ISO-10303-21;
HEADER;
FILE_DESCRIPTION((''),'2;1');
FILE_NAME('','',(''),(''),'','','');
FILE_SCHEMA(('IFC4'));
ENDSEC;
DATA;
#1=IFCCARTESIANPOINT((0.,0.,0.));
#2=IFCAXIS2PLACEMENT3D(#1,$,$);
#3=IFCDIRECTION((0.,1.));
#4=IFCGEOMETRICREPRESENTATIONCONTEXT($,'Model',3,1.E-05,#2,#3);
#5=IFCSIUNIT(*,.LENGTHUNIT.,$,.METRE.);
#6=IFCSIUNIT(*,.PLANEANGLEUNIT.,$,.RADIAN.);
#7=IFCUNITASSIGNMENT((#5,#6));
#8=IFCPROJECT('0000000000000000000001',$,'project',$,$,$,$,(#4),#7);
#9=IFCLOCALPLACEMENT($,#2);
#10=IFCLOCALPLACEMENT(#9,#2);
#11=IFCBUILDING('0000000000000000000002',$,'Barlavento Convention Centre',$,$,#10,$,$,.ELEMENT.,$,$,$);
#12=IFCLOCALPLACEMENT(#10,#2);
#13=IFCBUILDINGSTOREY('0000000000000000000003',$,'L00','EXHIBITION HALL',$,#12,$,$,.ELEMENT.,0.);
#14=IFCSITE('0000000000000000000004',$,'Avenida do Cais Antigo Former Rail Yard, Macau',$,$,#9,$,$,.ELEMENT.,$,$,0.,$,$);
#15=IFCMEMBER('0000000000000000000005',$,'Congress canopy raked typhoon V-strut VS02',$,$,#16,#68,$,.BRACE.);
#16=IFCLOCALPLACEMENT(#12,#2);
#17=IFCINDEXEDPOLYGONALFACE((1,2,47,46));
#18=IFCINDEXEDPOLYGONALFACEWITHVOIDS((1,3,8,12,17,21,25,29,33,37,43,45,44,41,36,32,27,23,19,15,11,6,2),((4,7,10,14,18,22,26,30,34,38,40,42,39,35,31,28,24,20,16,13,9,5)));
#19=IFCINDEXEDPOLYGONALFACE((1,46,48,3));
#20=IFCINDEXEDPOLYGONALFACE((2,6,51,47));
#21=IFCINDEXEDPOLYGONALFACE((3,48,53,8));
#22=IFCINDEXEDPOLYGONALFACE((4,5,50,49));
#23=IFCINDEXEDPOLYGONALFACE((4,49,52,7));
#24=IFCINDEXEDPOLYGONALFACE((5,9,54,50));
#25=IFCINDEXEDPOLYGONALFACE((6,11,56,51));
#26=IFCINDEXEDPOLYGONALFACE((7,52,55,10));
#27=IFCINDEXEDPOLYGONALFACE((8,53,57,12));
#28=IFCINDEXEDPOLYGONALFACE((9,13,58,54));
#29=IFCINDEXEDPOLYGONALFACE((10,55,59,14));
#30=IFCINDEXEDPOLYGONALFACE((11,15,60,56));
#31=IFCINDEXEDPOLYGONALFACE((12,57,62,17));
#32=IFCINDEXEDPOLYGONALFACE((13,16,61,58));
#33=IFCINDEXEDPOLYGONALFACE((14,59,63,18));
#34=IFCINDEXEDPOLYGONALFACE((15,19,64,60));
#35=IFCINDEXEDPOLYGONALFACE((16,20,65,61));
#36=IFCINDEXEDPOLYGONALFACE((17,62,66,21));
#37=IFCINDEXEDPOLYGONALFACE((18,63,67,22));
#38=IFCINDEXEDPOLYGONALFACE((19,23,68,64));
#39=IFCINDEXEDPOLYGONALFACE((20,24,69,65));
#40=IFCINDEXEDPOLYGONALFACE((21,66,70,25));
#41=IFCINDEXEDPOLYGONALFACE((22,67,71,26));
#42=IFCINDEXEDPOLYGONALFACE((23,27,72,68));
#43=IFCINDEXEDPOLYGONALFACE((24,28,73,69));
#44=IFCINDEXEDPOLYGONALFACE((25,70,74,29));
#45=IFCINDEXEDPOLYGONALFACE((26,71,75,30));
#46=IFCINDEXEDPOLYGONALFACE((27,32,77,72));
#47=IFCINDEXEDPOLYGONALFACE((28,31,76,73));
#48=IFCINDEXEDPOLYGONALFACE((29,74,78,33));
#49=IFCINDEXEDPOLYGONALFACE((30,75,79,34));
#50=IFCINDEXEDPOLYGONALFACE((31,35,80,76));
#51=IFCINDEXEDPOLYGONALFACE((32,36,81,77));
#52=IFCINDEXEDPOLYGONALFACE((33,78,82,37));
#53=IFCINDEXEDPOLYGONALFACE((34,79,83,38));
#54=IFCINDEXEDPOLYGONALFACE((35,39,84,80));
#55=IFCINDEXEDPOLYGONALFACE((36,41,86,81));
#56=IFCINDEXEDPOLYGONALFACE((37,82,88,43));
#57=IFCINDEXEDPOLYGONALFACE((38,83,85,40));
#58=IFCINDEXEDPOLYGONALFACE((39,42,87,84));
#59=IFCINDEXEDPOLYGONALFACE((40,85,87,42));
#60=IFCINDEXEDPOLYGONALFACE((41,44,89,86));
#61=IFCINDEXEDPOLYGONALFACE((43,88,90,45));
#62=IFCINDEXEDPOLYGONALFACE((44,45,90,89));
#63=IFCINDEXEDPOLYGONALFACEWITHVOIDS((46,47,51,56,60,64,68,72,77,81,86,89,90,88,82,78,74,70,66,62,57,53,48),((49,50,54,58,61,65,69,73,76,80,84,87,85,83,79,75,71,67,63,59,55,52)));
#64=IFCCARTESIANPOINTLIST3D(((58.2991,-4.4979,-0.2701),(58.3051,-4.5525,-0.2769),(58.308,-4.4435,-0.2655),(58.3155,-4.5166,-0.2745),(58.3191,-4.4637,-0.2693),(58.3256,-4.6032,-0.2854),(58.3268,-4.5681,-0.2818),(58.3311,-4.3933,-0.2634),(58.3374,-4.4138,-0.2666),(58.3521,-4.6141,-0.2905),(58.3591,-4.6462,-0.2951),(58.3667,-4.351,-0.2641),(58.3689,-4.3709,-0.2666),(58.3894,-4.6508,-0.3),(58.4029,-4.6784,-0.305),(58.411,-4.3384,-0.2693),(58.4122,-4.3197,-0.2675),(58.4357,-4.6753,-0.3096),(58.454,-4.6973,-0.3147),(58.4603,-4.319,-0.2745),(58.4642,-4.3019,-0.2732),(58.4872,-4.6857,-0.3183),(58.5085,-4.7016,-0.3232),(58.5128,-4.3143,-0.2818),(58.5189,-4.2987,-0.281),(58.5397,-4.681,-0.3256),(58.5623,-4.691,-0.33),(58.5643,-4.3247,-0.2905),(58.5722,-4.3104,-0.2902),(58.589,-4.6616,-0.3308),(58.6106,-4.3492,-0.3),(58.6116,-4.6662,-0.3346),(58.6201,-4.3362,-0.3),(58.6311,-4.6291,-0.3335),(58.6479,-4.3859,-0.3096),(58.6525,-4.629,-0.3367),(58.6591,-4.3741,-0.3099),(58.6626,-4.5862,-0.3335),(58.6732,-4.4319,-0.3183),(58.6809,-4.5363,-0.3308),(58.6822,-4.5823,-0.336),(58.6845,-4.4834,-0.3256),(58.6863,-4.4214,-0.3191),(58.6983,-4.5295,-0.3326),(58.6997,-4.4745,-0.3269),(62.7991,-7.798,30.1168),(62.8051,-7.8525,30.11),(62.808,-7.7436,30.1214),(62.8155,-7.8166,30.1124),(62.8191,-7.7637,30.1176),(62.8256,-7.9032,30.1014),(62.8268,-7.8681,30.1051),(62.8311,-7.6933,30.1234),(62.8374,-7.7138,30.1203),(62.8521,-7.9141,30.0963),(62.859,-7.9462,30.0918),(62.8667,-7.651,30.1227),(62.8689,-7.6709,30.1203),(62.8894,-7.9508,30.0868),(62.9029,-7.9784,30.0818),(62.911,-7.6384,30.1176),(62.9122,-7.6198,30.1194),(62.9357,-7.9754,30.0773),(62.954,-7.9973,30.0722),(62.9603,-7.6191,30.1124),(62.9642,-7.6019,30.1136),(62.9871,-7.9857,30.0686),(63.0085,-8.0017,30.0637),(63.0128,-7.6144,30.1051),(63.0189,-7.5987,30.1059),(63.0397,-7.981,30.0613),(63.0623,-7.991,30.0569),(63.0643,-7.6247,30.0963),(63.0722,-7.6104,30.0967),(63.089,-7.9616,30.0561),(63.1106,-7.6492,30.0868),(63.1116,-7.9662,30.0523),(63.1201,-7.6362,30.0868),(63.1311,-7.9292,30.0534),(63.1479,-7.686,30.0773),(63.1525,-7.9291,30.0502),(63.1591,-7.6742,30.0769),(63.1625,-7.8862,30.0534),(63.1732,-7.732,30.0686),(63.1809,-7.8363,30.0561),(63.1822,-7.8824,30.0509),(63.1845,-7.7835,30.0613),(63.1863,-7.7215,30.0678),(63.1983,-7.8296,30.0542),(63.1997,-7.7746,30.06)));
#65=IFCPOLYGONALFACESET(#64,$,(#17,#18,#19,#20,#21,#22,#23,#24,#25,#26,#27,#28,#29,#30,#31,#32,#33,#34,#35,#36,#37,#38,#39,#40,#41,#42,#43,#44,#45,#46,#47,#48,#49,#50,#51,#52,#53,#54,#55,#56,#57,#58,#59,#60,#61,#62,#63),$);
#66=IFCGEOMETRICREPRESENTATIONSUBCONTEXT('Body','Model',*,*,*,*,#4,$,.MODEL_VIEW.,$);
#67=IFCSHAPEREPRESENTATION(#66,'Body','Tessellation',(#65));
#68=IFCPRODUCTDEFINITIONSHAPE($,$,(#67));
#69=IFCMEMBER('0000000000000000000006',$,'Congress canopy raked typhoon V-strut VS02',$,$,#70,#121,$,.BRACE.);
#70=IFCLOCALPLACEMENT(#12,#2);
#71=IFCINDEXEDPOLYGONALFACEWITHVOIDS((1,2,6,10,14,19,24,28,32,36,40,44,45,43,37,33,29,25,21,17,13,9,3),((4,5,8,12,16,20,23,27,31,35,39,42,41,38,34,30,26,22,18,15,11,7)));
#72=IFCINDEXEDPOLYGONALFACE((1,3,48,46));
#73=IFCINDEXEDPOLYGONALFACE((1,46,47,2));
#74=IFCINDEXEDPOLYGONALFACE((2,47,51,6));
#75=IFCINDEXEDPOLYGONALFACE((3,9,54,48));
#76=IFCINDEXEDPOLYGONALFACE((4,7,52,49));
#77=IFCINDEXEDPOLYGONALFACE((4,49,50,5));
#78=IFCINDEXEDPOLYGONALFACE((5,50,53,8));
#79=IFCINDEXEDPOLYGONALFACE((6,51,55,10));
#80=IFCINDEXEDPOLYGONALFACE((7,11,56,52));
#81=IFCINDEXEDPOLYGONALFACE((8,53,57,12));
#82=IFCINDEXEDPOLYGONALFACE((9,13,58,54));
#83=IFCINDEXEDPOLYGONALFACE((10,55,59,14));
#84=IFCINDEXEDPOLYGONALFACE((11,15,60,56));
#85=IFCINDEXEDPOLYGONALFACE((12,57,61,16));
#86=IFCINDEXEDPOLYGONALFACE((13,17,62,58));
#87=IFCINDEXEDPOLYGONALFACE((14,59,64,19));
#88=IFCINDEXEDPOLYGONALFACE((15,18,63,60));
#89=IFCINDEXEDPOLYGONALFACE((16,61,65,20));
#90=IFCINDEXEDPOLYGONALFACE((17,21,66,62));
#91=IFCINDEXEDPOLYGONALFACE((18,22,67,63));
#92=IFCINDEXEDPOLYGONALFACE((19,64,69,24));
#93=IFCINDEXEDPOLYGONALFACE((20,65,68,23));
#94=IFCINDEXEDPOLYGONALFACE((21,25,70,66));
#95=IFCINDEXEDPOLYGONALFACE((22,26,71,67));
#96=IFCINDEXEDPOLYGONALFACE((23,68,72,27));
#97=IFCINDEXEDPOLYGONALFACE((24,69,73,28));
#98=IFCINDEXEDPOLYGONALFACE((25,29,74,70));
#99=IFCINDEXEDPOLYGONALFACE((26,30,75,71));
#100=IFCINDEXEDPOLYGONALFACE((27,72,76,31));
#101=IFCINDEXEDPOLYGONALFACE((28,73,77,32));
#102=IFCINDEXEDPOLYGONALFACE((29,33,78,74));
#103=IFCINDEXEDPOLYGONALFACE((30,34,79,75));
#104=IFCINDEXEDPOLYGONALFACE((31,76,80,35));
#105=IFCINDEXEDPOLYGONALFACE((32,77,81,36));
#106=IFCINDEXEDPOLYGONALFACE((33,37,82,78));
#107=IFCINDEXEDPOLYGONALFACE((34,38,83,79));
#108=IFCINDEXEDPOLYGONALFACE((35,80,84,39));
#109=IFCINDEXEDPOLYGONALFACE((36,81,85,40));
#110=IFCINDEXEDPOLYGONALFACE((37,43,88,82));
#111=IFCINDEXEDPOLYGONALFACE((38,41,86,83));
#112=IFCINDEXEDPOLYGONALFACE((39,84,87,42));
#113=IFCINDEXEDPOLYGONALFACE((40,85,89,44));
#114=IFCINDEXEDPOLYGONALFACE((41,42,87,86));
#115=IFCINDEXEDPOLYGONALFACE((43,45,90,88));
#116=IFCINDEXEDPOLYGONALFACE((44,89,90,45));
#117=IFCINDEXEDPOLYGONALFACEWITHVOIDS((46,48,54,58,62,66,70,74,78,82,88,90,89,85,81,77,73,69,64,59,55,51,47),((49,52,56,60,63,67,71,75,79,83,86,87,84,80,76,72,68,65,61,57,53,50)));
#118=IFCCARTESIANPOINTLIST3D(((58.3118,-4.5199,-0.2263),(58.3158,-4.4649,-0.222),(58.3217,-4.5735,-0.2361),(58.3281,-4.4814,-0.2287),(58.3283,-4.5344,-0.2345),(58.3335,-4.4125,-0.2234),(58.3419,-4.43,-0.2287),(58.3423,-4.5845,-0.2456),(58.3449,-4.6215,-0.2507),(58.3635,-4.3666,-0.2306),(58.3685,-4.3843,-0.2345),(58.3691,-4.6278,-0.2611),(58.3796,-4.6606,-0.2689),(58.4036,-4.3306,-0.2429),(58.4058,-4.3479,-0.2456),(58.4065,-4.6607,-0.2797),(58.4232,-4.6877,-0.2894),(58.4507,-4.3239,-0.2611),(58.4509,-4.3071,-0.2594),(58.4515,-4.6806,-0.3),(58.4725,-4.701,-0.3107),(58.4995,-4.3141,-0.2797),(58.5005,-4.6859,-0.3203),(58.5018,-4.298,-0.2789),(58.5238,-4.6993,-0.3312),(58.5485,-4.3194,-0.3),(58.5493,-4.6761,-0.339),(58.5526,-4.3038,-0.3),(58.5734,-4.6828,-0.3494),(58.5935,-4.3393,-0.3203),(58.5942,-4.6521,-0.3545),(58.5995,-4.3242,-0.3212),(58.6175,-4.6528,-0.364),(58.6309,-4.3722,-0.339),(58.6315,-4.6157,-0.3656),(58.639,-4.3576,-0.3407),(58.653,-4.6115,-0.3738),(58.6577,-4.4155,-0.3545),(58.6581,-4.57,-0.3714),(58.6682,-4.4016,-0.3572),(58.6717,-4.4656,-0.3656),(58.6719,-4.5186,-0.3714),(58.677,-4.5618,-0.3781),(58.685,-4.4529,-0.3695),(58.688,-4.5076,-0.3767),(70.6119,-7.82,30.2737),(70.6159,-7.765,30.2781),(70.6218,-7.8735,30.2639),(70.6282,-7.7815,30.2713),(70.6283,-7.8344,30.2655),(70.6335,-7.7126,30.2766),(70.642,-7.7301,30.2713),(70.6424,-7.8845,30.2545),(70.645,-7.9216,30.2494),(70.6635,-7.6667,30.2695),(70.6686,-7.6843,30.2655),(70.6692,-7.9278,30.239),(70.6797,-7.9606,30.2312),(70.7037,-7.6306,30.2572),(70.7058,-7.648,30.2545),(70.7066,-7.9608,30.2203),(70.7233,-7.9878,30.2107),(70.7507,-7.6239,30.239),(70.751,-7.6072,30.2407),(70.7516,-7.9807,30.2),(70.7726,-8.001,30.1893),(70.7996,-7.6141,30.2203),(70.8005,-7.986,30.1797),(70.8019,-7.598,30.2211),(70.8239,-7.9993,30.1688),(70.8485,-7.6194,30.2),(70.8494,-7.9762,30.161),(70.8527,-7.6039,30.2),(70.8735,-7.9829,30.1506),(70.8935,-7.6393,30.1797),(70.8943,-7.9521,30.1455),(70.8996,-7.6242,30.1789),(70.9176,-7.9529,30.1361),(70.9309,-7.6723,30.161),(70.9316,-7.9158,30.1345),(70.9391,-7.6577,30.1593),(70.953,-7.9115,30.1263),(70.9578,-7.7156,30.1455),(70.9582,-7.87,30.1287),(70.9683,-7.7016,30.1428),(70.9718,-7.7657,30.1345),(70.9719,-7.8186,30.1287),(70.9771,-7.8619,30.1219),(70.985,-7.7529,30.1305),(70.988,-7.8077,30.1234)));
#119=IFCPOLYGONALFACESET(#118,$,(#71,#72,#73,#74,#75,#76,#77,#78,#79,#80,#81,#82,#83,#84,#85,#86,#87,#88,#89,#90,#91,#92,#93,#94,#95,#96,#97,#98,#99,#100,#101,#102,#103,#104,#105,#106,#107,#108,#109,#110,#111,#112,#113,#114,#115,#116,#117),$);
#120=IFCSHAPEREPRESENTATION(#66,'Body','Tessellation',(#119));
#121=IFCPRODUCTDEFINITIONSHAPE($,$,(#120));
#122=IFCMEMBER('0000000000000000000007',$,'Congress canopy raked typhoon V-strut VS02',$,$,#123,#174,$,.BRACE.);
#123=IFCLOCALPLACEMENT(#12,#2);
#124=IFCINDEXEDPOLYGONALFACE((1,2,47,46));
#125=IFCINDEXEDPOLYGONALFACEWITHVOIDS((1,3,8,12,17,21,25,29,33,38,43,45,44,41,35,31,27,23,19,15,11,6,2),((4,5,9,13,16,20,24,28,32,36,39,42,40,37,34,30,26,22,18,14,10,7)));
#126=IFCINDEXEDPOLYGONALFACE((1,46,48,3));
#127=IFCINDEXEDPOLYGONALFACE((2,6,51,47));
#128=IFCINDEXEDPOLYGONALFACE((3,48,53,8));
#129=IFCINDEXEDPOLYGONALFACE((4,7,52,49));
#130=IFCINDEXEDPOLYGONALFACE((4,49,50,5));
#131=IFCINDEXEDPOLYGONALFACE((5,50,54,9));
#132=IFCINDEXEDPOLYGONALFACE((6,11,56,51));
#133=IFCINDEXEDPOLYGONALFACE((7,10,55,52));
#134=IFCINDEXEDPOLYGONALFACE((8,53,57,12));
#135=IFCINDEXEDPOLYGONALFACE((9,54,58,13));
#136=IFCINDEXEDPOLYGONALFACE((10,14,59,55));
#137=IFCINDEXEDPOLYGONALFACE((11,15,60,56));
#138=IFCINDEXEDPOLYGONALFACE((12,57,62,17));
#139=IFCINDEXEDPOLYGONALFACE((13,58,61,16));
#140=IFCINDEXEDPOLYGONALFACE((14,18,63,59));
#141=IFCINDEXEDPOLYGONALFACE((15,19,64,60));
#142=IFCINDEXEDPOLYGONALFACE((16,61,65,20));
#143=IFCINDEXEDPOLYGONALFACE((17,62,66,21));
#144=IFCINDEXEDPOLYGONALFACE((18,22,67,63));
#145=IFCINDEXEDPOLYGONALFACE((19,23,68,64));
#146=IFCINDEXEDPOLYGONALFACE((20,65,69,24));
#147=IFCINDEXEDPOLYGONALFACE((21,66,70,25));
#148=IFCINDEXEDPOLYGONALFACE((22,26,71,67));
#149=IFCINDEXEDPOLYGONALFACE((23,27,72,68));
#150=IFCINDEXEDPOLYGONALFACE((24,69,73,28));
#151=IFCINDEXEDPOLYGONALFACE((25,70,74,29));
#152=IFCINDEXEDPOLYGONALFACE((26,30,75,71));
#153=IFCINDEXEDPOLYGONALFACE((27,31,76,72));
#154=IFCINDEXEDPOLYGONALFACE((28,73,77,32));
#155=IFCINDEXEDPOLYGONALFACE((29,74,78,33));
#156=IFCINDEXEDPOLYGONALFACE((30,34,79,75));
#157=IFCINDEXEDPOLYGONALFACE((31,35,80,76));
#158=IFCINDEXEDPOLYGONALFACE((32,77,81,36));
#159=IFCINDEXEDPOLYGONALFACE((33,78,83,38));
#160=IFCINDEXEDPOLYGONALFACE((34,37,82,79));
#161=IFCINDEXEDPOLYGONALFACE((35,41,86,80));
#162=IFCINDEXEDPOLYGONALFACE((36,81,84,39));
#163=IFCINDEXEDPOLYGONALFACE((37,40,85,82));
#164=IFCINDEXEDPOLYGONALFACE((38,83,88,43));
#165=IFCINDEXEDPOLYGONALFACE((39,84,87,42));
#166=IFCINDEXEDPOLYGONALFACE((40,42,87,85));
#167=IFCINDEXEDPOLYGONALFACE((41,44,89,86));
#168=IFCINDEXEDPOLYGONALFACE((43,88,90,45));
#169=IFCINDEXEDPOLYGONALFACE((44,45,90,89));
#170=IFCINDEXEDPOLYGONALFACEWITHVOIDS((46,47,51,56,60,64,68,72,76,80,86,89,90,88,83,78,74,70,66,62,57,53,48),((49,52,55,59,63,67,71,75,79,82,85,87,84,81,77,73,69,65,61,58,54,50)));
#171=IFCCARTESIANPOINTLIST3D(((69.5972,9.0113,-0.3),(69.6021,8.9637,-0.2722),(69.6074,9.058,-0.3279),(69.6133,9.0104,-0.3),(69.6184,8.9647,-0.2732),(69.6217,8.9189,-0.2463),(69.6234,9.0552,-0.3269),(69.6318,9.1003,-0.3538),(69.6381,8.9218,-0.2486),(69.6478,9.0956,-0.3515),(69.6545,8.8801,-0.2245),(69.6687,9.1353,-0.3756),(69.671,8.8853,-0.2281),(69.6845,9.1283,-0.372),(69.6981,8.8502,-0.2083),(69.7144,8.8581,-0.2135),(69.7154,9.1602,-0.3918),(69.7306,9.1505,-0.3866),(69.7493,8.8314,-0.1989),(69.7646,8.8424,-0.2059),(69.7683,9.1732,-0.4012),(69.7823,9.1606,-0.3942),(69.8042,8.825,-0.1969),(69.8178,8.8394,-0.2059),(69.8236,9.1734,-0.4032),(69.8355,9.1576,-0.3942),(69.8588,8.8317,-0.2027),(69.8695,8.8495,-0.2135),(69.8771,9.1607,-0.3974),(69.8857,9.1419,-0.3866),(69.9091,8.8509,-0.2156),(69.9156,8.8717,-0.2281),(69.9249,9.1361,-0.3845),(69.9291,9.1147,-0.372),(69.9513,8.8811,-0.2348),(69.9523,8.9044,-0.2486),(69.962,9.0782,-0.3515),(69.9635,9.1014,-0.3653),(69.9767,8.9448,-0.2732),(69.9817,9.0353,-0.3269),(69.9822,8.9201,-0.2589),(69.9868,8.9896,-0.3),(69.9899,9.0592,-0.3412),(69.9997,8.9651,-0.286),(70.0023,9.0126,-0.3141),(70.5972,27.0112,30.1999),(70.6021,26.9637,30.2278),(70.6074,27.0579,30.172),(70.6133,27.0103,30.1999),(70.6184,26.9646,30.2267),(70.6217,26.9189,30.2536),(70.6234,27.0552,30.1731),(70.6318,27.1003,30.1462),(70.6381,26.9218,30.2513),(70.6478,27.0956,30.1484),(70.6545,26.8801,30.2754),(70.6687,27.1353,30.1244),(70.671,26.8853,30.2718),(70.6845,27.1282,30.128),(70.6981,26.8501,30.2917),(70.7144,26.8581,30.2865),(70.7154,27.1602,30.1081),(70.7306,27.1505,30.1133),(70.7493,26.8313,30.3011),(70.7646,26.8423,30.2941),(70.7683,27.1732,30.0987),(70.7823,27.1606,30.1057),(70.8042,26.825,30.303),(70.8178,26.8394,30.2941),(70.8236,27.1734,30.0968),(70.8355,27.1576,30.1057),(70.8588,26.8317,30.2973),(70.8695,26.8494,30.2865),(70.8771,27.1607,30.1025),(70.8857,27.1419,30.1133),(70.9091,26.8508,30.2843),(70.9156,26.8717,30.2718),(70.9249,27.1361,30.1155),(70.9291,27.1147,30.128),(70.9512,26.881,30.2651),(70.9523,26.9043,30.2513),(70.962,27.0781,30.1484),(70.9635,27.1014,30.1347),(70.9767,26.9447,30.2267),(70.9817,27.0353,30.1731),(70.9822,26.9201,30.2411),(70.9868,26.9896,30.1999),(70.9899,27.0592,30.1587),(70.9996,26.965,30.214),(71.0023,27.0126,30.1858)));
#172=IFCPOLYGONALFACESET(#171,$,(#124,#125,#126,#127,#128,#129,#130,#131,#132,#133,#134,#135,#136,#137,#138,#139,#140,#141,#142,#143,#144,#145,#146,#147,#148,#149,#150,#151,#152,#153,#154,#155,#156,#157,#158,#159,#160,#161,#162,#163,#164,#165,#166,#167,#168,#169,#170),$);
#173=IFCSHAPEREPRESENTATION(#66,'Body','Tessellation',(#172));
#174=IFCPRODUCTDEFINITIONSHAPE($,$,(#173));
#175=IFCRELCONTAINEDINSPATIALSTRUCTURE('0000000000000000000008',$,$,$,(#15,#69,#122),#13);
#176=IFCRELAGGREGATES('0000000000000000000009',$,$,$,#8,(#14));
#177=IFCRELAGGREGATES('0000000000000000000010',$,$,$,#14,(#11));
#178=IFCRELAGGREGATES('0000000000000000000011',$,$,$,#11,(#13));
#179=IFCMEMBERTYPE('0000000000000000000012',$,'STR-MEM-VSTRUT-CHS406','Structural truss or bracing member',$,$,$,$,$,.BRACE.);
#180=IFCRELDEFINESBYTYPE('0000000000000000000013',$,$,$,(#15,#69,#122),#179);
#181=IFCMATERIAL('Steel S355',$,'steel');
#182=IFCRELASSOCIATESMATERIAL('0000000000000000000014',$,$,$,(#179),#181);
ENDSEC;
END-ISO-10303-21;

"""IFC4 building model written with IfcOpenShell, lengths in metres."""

from ifc_helpers import new_model, si_unit, direction, frame, origin, origin_2d, place, context, subcontext, project, spatial, hollow_circle, extrude, material, material_profile, profile_set, type_object, element, save


model = new_model("IFC4")

# Units and contexts
model_context = context("Model", 3, precision=1e-05, world=origin(), true_north=direction((0.0, 1.0)))
body_context = subcontext(model_context, "Body", "Model", "MODEL_VIEW")
ifc_project = project(units=[si_unit("LENGTHUNIT", "METRE"), si_unit("PLANEANGLEUNIT", "RADIAN")], contexts=[model_context])

# Site, building, storey
site_placement = place(None, origin())
site = spatial("IfcSite", under=ifc_project, at=site_placement, Name="Avenida do Cais Antigo Former Rail Yard, Macau", CompositionType="ELEMENT", RefElevation=0.0)
building_placement = place(site_placement, origin())
building = spatial("IfcBuilding", under=site, at=building_placement, Name="Barlavento Convention Centre", CompositionType="ELEMENT")
storey_placement = place(building_placement, origin())
storey = spatial("IfcBuildingStorey", under=building, at=storey_placement, Name="L00", Description="EXHIBITION HALL", CompositionType="ELEMENT", Elevation=0.0)

# Shared definitions
ifc_material_1 = material(Name="Steel S355", Category="steel")

# Members
ifc_material_profile_1 = material_profile(ifc_material_1, hollow_circle(Radius=0.2031, WallThickness=0.0161, at=origin_2d()), Name="CHS 406.4x16.0")
ifc_profile_set_1 = profile_set([ifc_material_profile_1], Name="Steel S355")
member_type_1 = type_object("IfcMemberType", Name="STR-MEM-VSTRUT-CHS406", Description="Structural truss or bracing member", PredefinedType="BRACE", material=ifc_profile_set_1)
member_1_placement = place(storey_placement, frame((58.5, -4.5, -0.3), z_axis=(0.145654, -0.106815, 0.983552), x_axis=(0.591369, 0.806401, 0.0)))
element("IfcMember", 1, at=member_1_placement, inside=storey, type_object=member_type_1, Name="Congress canopy raked typhoon V-strut VS02", PredefinedType="BRACE", context=body_context, shape_type="SweptSolid", body=[
    extrude(hollow_circle(Radius=0.2031, WallThickness=0.0161, at=origin_2d()), origin(), (0.0, 0.0, 1.0), 30.895),
])
member_2_placement = place(storey_placement, frame((58.5, -4.5, -0.3), z_axis=(0.372143, -0.099844, 0.92279), x_axis=(0.259131, 0.965842, 0.0)))
element("IfcMember", 2, at=member_2_placement, inside=storey, type_object=member_type_1, Name="Congress canopy raked typhoon V-strut VS02", PredefinedType="BRACE", context=body_context, shape_type="SweptSolid", body=[
    extrude(hollow_circle(Radius=0.2031, WallThickness=0.0161, at=origin_2d()), origin(), (0.0, 0.0, 1.0), 33.052),
])
member_3_placement = place(storey_placement, frame((69.8, 9.0, -0.3), z_axis=(0.028225, 0.508051, 0.860864), x_axis=(-0.99846, 0.05547, 0.0)))
element("IfcMember", 3, at=member_3_placement, inside=storey, type_object=member_type_1, Name="Congress canopy raked typhoon V-strut VS02", PredefinedType="BRACE", context=body_context, shape_type="SweptSolid", body=[
    extrude(hollow_circle(Radius=0.2031, WallThickness=0.0161, at=origin_2d()), origin(), (0.0, 0.0, 1.0), 35.4294),
])

save(model, "model.ifc")
